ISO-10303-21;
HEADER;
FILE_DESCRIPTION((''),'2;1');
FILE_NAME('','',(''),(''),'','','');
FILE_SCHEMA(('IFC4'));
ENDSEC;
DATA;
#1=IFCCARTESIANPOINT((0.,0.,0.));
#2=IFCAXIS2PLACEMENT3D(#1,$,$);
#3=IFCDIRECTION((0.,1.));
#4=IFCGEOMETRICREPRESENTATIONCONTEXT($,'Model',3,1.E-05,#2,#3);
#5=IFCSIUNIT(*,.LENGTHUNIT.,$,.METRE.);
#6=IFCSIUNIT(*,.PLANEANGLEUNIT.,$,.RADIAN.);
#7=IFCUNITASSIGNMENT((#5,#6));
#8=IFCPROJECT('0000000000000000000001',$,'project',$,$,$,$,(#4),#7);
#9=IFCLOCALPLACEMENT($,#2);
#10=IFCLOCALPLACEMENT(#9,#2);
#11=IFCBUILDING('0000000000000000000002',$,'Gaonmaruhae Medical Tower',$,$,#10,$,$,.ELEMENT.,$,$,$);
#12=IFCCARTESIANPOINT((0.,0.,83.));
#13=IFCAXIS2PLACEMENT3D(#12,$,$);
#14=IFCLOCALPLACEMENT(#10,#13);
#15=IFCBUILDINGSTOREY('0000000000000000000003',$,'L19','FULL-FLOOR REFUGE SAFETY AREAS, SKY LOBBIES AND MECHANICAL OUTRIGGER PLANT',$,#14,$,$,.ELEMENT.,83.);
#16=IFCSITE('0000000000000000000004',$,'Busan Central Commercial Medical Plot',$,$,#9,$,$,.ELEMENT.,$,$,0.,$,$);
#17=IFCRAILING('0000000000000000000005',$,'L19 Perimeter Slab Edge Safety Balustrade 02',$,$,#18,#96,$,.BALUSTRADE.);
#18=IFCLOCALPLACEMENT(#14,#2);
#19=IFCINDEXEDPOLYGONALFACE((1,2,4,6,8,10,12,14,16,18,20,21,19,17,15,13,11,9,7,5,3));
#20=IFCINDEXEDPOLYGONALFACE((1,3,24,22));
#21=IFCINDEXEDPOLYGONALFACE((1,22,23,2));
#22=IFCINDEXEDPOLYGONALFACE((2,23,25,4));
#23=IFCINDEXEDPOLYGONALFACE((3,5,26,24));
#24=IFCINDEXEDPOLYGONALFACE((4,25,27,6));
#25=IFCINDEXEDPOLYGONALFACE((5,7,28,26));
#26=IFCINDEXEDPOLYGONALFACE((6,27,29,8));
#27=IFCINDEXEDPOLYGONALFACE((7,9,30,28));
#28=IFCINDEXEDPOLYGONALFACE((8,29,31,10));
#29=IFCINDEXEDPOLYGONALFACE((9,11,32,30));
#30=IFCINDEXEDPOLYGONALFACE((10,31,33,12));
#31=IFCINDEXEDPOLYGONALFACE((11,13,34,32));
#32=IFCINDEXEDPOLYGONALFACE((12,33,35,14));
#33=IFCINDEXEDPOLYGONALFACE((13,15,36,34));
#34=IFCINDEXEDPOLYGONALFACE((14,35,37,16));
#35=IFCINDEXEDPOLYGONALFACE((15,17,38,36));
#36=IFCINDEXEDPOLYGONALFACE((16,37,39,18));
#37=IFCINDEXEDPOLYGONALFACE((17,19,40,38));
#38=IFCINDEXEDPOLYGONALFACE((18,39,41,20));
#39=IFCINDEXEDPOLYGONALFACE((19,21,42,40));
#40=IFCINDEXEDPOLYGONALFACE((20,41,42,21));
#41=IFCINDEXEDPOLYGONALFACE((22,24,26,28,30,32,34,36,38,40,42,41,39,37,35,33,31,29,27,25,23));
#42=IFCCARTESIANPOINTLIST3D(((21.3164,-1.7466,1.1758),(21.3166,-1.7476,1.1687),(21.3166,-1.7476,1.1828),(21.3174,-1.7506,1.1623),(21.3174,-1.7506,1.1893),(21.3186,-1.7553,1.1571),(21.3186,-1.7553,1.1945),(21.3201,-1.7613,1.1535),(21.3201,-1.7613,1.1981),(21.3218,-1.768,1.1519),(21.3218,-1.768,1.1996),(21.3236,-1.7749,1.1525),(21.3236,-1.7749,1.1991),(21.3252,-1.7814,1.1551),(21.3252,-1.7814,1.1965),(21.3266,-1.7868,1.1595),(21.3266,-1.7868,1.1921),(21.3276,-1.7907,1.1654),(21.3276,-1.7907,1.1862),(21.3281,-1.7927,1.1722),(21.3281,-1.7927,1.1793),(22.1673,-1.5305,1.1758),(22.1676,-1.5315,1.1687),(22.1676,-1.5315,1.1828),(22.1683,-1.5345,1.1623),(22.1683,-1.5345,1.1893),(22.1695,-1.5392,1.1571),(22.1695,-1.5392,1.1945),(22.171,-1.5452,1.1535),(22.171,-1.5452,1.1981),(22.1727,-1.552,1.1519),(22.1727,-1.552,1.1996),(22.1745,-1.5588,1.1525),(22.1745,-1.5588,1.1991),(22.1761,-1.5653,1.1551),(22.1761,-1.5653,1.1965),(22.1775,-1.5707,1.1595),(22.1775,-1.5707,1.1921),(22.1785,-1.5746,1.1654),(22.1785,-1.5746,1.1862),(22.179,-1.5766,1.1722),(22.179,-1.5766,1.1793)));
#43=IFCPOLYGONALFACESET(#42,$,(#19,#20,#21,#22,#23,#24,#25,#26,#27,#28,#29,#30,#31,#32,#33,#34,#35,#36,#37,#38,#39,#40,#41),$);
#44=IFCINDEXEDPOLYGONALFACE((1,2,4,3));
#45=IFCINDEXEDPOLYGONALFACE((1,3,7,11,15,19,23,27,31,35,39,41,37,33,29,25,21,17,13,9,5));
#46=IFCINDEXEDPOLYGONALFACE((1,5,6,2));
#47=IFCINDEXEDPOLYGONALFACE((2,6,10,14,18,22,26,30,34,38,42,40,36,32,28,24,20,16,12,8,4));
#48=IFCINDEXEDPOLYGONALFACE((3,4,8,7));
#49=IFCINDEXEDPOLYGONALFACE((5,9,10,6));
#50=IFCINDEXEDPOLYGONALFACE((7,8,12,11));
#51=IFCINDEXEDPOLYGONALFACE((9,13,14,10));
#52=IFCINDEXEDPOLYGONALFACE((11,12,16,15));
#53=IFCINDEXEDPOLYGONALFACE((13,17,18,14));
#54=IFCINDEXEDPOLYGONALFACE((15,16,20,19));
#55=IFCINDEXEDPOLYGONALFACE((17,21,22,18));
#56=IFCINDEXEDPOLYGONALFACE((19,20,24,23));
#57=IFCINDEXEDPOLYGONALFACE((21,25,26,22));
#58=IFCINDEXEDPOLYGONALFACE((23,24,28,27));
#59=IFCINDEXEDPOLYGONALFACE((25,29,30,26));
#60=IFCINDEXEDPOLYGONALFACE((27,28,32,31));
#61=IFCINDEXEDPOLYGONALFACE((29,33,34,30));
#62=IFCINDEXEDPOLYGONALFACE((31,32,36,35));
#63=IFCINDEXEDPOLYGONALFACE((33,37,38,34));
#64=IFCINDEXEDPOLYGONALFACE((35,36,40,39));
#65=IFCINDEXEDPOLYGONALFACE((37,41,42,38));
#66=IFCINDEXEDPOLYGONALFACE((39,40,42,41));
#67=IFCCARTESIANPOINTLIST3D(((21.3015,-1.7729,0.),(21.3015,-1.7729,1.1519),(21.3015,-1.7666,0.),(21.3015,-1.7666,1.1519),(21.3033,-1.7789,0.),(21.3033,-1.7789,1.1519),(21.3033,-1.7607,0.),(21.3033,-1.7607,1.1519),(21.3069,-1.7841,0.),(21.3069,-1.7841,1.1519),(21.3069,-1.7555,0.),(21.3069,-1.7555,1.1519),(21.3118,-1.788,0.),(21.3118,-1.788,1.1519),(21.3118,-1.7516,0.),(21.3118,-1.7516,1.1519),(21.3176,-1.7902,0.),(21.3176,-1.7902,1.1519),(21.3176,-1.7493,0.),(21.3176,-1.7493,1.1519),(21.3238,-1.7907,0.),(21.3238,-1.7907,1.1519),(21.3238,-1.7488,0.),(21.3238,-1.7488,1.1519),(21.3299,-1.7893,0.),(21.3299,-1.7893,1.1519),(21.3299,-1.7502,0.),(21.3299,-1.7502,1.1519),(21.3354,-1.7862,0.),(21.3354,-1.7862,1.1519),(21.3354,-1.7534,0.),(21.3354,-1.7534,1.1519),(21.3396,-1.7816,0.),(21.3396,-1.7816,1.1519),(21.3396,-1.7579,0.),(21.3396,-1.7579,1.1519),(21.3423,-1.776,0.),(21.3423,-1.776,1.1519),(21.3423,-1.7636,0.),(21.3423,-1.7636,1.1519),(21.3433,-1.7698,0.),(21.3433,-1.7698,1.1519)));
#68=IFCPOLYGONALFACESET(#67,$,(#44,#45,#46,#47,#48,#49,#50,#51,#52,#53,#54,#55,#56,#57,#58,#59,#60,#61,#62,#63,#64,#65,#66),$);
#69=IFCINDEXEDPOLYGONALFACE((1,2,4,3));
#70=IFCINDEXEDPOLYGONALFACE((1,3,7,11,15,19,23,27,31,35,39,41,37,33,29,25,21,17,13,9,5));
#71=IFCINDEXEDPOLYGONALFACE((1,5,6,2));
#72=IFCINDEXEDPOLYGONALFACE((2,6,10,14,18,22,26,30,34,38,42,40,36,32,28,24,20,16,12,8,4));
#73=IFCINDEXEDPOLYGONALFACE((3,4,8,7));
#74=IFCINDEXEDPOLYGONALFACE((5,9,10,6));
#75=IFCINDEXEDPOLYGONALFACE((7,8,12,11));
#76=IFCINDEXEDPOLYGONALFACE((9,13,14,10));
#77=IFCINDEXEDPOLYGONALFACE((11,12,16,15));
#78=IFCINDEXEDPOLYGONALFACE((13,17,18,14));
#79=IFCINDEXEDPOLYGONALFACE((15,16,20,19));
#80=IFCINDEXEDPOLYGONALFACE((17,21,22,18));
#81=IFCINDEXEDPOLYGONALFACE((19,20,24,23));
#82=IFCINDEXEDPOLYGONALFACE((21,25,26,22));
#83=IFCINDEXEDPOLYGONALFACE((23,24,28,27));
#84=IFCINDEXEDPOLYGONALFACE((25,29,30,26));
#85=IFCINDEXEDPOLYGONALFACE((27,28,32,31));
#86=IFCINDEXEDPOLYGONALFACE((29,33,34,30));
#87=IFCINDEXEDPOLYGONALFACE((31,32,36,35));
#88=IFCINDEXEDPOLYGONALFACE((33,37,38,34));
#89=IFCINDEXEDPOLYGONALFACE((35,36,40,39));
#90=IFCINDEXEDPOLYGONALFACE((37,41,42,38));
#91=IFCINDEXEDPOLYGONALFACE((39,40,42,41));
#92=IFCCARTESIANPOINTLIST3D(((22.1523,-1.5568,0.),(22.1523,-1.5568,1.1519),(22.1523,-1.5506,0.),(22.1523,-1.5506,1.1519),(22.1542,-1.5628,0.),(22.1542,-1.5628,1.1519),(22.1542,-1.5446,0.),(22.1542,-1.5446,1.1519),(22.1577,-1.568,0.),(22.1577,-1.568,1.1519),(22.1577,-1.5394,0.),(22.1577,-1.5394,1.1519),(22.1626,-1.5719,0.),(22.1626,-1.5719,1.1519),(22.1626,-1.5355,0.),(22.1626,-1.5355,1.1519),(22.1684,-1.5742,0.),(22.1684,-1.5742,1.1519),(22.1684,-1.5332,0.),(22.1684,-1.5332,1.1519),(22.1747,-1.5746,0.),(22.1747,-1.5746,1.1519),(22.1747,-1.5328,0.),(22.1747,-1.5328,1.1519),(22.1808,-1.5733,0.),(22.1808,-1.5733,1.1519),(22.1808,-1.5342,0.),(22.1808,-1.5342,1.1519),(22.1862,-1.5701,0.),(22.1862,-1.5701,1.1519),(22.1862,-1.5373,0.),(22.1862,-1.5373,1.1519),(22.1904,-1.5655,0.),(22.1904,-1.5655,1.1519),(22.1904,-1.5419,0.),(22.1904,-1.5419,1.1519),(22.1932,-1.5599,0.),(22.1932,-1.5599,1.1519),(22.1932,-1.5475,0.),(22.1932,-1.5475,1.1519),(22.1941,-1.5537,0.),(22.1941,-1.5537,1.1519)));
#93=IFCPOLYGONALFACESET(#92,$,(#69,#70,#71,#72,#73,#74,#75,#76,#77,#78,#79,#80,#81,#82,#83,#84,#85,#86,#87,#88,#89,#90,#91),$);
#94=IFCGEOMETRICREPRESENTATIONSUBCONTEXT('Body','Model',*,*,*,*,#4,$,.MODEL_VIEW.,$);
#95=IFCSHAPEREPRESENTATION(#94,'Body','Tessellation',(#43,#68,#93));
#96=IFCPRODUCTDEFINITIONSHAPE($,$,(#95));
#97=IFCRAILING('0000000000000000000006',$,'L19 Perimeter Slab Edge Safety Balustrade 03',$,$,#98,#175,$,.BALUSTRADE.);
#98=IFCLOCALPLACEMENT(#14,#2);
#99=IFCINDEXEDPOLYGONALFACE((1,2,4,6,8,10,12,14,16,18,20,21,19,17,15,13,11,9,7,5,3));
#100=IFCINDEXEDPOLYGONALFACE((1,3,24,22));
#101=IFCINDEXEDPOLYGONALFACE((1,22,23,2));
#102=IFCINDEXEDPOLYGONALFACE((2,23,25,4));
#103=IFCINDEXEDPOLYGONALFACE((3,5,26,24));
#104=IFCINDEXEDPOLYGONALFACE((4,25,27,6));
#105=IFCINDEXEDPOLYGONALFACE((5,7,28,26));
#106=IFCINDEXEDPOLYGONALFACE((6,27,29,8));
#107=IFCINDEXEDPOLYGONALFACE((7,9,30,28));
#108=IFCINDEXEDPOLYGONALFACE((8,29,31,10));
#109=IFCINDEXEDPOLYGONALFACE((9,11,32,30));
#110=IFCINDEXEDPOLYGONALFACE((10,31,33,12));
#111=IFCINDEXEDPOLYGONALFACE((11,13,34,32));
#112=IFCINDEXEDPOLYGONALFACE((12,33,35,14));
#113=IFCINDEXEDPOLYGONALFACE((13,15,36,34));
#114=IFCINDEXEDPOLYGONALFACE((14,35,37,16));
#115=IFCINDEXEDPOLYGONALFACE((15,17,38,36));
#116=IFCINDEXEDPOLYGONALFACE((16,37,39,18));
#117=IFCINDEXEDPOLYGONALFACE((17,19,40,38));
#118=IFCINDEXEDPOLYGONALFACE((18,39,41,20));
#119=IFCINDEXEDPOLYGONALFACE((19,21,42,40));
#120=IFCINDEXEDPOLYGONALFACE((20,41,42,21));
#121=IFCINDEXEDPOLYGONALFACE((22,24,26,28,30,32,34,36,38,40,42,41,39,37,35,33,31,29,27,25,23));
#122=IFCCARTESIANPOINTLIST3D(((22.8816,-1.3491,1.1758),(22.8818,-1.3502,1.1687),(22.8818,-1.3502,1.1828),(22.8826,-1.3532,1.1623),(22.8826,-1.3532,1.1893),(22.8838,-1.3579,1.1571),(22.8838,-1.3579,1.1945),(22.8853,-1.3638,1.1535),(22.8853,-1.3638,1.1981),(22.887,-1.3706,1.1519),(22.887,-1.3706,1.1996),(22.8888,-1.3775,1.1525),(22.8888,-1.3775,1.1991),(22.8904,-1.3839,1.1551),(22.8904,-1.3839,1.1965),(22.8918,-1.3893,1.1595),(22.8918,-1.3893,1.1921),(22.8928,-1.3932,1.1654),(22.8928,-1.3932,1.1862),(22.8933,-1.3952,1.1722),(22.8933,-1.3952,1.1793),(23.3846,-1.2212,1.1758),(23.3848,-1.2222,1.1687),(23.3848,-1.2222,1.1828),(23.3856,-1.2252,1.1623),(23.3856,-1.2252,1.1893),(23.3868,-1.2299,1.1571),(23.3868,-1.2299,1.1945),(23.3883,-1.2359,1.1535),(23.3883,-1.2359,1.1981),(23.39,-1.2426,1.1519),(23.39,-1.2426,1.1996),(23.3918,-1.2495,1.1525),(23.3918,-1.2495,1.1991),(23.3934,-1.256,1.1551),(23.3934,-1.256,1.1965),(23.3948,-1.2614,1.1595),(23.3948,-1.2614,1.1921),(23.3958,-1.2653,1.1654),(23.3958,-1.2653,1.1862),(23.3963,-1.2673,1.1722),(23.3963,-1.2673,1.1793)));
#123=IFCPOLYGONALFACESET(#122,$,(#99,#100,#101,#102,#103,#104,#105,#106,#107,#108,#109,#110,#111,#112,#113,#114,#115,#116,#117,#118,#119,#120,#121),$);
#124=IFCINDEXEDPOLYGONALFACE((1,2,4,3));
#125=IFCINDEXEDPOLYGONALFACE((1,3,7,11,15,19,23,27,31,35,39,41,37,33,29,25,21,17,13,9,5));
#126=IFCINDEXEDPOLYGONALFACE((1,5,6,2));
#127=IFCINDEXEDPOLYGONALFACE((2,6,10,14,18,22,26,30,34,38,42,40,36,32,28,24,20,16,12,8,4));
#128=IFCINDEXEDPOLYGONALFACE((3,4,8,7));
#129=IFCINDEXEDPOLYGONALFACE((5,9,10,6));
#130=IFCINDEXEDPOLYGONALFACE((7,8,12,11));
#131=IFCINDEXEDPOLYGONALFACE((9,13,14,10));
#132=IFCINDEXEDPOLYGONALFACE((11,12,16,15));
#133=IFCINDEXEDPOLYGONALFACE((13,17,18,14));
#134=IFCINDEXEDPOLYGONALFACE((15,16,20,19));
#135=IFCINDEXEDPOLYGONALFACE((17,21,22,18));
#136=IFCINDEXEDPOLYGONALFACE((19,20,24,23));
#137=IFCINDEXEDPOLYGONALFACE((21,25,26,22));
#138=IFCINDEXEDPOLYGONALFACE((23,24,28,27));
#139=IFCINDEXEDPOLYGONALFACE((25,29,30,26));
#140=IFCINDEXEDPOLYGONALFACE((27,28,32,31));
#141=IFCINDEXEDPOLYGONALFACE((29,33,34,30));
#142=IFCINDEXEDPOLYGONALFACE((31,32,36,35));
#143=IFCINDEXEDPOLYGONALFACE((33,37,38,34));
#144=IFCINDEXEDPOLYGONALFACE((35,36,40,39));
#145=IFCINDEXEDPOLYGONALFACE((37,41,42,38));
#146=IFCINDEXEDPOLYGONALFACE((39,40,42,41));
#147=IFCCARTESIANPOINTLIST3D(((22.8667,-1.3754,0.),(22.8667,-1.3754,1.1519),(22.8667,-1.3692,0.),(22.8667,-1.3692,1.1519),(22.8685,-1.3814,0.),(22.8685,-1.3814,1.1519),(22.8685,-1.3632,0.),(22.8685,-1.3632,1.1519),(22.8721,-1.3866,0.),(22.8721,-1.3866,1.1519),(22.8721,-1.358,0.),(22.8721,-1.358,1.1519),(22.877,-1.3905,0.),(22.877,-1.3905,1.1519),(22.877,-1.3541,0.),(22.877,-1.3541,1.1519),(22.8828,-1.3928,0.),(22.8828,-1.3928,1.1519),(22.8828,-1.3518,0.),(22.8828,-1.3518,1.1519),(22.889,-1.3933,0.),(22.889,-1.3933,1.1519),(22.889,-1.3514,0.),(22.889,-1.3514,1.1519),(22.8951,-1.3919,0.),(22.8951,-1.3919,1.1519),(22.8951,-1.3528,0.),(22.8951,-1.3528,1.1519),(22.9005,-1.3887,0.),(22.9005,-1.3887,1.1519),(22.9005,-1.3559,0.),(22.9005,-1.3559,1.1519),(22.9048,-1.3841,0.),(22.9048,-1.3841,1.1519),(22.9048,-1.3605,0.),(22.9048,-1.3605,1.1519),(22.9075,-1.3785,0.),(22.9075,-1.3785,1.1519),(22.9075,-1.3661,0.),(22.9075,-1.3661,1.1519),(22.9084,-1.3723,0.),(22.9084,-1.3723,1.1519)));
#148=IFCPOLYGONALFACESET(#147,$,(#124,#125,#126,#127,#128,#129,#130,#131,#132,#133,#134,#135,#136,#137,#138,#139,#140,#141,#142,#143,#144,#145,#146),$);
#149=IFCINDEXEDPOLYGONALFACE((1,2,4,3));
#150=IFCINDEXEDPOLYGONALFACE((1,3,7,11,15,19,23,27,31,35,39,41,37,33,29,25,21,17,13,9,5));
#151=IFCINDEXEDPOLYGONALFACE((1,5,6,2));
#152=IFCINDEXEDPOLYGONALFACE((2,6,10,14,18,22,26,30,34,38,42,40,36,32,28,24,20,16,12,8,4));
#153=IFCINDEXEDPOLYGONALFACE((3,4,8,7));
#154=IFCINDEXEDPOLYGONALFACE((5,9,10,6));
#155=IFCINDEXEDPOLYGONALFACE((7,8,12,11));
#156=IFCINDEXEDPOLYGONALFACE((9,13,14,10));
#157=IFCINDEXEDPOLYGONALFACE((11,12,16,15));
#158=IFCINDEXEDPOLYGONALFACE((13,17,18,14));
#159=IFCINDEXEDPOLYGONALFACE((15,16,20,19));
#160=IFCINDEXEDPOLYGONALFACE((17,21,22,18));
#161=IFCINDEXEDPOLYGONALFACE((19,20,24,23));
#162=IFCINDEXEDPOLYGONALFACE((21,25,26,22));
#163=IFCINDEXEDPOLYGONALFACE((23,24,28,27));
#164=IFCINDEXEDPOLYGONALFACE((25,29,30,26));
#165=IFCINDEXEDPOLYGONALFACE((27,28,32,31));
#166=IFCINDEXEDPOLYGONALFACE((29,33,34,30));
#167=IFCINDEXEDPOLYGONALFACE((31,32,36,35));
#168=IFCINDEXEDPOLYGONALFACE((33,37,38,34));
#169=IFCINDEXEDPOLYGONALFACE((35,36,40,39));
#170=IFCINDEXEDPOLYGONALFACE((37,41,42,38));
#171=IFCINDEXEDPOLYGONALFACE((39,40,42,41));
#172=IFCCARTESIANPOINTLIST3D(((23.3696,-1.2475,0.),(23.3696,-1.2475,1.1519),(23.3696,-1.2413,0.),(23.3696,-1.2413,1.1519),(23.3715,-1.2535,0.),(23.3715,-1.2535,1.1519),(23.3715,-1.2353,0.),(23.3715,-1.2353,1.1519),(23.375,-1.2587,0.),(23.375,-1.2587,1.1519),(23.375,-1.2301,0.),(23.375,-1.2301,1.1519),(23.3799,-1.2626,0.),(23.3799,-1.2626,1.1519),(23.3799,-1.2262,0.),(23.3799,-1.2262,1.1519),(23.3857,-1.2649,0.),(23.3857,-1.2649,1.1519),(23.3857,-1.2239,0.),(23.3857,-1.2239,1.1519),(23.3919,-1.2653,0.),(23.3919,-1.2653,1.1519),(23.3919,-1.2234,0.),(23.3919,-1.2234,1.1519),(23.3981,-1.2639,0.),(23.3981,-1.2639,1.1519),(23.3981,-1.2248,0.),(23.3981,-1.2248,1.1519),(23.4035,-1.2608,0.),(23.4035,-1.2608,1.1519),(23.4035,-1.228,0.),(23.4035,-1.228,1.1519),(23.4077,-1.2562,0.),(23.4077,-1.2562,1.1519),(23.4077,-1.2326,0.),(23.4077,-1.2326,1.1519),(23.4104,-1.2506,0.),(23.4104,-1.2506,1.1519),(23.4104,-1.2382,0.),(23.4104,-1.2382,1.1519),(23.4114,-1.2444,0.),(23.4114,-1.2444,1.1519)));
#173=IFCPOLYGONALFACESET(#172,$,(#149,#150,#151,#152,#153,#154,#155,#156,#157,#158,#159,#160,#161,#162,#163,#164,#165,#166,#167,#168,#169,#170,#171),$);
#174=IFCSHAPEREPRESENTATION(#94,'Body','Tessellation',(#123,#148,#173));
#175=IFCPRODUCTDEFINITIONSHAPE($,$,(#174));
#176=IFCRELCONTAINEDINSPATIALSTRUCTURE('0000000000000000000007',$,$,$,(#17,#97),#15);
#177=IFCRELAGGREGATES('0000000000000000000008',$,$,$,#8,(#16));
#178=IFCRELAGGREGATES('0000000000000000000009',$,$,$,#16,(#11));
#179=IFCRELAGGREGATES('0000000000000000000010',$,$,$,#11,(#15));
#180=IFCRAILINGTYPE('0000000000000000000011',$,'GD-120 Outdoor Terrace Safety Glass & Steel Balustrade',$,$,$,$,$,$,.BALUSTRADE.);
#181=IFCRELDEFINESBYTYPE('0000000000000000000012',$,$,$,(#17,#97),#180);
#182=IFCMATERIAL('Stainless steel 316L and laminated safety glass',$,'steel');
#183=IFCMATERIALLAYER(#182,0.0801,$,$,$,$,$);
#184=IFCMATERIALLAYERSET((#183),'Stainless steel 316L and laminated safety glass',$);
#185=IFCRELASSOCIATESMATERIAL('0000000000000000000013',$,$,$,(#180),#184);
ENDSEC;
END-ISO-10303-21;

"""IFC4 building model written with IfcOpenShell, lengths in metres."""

from ifc_helpers import new_model, si_unit, direction, frame, origin, origin_2d, place, context, subcontext, project, spatial, circle, extrude, material, layer, layer_set, type_object, element, save


model = new_model("IFC4")

# Units and contexts
model_context = context("Model", 3, precision=1e-05, world=origin(), true_north=direction((0.0, 1.0)))
body_context = subcontext(model_context, "Body", "Model", "MODEL_VIEW")
ifc_project = project(units=[si_unit("LENGTHUNIT", "METRE"), si_unit("PLANEANGLEUNIT", "RADIAN")], contexts=[model_context])

# Site, building, storey
site_placement = place(None, origin())
site = spatial("IfcSite", under=ifc_project, at=site_placement, Name="Busan Central Commercial Medical Plot", CompositionType="ELEMENT", RefElevation=0.0)
building_placement = place(site_placement, origin())
building = spatial("IfcBuilding", under=site, at=building_placement, Name="Gaonmaruhae Medical Tower", CompositionType="ELEMENT")
storey_placement = place(building_placement, frame((0.0, 0.0, 83.0)))
storey = spatial("IfcBuildingStorey", under=building, at=storey_placement, Name="L19", Description="FULL-FLOOR REFUGE SAFETY AREAS, SKY LOBBIES AND MECHANICAL OUTRIGGER PLANT", CompositionType="ELEMENT", Elevation=83.0)

# Railings
ifc_material_1 = material(Name="Stainless steel 316L and laminated safety glass", Category="steel")
ifc_layer_1 = layer(ifc_material_1, 0.0801)
ifc_layer_set_1 = layer_set([ifc_layer_1], Name="Stainless steel 316L and laminated safety glass")
railing_type = type_object("IfcRailingType", Name="GD-120 Outdoor Terrace Safety Glass & Steel Balustrade", PredefinedType="BALUSTRADE", material=ifc_layer_set_1)
railing_1_placement = place(storey_placement, frame((21.3223, -1.7698, 0.0)))
element("IfcRailing", 1, at=railing_1_placement, inside=storey, type_object=railing_type, Name="L19 Perimeter Slab Edge Safety Balustrade 02", PredefinedType="BALUSTRADE", context=body_context, shape_type="SweptSolid", body=[
    extrude(circle(Radius=0.0239, at=origin_2d()), frame((0.0, 0.0, 1.1758), z_axis=(0.969236, 0.246133, 0.0), x_axis=(-0.246133, 0.969236, 0.0)), (0.0, 0.0, 1.0), 0.8779),
    extrude(circle(Radius=0.021, at=origin_2d()), origin(), (0.0, 0.0, 1.0), 1.1519),
    extrude(circle(Radius=0.021, at=origin_2d()), frame((0.8508, 0.2161, 0.0)), (0.0, 0.0, 1.0), 1.1519),
])
railing_2_placement = place(storey_placement, frame((22.8875, -1.3723, 0.0)))
element("IfcRailing", 2, at=railing_2_placement, inside=storey, type_object=railing_type, Name="L19 Perimeter Slab Edge Safety Balustrade 03", PredefinedType="BALUSTRADE", context=body_context, shape_type="SweptSolid", body=[
    extrude(circle(Radius=0.0239, at=origin_2d()), frame((0.0, 0.0, 1.1758), z_axis=(0.969138, 0.246519, 0.0), x_axis=(-0.246519, 0.969138, 0.0)), (0.0, 0.0, 1.0), 0.519),
    extrude(circle(Radius=0.021, at=origin_2d()), origin(), (0.0, 0.0, 1.0), 1.1519),
    extrude(circle(Radius=0.021, at=origin_2d()), frame((0.5029, 0.1279, 0.0)), (0.0, 0.0, 1.0), 1.1519),
])

save(model, "model.ifc")
